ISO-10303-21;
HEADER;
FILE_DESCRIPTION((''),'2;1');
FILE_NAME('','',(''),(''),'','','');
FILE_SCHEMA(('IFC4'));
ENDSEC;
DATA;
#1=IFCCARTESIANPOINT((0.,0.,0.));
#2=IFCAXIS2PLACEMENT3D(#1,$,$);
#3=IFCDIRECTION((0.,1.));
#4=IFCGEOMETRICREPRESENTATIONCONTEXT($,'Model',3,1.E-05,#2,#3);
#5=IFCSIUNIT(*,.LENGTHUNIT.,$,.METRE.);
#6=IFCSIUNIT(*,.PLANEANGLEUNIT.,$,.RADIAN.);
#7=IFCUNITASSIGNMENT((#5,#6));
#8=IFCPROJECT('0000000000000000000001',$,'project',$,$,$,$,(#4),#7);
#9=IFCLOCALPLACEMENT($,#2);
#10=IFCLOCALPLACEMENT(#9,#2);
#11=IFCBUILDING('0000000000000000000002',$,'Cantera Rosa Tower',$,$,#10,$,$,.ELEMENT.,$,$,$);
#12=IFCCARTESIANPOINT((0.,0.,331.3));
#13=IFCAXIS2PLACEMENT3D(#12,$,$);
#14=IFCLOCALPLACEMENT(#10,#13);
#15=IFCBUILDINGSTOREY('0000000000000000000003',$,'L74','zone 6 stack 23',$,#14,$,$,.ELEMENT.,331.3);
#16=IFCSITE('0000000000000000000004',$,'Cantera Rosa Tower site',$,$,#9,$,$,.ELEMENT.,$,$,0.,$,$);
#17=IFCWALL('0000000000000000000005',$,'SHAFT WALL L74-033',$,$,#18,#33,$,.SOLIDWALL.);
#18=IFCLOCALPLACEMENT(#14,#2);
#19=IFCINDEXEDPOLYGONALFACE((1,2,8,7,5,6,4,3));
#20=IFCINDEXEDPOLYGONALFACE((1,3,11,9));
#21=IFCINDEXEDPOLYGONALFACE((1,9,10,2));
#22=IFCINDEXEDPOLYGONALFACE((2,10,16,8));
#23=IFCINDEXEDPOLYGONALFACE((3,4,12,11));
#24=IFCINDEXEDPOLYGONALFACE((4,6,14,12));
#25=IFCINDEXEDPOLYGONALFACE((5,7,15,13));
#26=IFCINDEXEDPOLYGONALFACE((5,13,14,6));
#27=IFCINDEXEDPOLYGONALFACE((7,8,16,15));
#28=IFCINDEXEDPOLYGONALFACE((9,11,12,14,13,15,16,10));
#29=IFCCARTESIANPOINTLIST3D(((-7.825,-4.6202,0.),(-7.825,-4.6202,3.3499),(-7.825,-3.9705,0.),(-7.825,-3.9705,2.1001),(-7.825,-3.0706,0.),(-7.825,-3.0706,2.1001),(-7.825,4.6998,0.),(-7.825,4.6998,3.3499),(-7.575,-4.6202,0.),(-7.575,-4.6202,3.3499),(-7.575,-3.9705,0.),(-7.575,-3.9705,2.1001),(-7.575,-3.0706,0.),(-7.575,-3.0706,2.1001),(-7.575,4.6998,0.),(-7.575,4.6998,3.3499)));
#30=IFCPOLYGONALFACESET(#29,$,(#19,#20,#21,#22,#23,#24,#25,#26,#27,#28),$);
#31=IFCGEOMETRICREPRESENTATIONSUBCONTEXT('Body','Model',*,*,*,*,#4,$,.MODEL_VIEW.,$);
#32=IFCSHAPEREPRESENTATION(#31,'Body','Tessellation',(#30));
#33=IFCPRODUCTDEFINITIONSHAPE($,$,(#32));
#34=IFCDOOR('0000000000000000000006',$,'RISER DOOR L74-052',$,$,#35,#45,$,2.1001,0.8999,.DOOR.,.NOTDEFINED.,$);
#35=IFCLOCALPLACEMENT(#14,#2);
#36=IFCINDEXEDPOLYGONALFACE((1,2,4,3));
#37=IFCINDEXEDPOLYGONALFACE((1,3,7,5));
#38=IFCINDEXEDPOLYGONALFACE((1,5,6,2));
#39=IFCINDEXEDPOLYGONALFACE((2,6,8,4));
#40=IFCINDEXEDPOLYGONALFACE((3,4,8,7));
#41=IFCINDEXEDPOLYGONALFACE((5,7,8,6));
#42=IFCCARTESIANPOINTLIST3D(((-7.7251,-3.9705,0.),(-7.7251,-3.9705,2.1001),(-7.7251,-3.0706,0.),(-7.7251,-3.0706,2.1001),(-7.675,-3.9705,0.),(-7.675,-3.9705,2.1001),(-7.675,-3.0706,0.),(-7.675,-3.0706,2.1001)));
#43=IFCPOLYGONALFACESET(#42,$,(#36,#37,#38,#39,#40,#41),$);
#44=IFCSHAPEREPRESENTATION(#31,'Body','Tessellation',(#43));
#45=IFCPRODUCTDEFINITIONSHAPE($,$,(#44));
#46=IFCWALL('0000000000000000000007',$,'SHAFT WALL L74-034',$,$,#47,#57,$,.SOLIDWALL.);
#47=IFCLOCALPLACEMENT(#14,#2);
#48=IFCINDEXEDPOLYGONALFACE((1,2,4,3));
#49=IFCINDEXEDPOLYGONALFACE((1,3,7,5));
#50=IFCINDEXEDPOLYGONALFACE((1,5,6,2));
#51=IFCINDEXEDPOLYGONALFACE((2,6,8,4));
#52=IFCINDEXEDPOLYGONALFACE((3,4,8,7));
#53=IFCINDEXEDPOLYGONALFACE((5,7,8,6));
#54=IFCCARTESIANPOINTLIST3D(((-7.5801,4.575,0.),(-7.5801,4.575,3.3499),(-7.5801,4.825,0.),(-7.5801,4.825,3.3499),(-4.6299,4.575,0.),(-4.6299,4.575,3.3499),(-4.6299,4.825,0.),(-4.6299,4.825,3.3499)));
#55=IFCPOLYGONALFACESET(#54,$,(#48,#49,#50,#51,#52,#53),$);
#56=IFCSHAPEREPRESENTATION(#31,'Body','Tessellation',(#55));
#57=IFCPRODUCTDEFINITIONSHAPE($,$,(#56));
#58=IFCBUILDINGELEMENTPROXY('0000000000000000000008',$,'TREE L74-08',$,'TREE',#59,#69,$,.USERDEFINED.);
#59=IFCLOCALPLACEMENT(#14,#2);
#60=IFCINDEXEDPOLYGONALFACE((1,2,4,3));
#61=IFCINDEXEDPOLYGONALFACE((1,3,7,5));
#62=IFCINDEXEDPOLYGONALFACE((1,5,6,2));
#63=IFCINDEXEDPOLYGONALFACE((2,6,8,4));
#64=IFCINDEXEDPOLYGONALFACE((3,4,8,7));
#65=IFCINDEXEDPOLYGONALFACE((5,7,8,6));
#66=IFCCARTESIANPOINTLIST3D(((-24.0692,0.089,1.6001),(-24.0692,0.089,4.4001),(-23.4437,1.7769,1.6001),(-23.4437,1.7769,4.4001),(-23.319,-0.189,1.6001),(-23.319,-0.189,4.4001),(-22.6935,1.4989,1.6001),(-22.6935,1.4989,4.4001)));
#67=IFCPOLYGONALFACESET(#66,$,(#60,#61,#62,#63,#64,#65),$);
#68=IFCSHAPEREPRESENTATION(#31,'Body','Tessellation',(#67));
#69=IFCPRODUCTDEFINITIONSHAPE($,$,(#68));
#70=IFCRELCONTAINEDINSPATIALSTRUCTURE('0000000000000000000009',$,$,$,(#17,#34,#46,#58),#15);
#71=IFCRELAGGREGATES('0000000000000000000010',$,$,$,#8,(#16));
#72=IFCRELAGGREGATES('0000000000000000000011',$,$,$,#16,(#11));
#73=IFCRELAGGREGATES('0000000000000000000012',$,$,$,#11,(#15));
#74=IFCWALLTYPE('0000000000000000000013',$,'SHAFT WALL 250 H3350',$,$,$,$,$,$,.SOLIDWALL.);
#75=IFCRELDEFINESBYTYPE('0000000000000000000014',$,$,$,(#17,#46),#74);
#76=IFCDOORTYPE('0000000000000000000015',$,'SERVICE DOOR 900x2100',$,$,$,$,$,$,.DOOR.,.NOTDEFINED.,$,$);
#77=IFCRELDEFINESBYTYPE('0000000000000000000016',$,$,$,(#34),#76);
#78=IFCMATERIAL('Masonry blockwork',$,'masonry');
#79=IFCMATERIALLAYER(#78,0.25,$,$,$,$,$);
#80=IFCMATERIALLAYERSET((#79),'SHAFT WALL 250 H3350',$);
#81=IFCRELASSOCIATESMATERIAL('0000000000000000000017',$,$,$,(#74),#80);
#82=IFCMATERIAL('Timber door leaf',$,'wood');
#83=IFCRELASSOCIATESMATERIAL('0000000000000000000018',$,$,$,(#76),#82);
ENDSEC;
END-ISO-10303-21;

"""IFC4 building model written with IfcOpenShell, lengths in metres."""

from ifc_helpers import new_model, si_unit, direction, frame, frame_2d, origin, origin_2d, place, context, subcontext, project, spatial, rectangle, extrude, material, layer, layer_set, type_object, element, fill, save


model = new_model("IFC4")

# Units and contexts
model_context = context("Model", 3, precision=1e-05, world=origin(), true_north=direction((0.0, 1.0)))
body_context = subcontext(model_context, "Body", "Model", "MODEL_VIEW")
ifc_project = project(units=[si_unit("LENGTHUNIT", "METRE"), si_unit("PLANEANGLEUNIT", "RADIAN")], contexts=[model_context])

# Site, building, storey
site_placement = place(None, origin())
site = spatial("IfcSite", under=ifc_project, at=site_placement, Name="Cantera Rosa Tower site", CompositionType="ELEMENT", RefElevation=0.0)
building_placement = place(site_placement, origin())
building = spatial("IfcBuilding", under=site, at=building_placement, Name="Cantera Rosa Tower", CompositionType="ELEMENT")
storey_placement = place(building_placement, frame((0.0, 0.0, 331.3)))
storey = spatial("IfcBuildingStorey", under=building, at=storey_placement, Name="L74", Description="zone 6 stack 23", CompositionType="ELEMENT", Elevation=331.3)

# Shared definitions
ifc_material_1 = material(Name="Masonry blockwork", Category="masonry")
ifc_layer_1 = layer(ifc_material_1, 0.25)
ifc_layer_set_1 = layer_set([ifc_layer_1], Name="SHAFT WALL 250 H3350")
wall_type_1 = type_object("IfcWallType", Name="SHAFT WALL 250 H3350", PredefinedType="SOLIDWALL", material=ifc_layer_set_1)

# Wall, opening, door
wall_1_placement = place(storey_placement, frame((-7.7, 4.7, 0.0), z_axis=(0.0, 0.0, 1.0), x_axis=(0.0, -1.0, 0.0)))
wall_1 = element("IfcWall", 1, at=wall_1_placement, inside=storey, type_object=wall_type_1, Name="SHAFT WALL L74-033", PredefinedType="SOLIDWALL", context=body_context, shape_type="SweptSolid", body=[
    extrude(rectangle(XDim=9.3201, YDim=0.25, at=frame_2d((4.6602, 0.0))), origin(), (0.0, 0.0, 1.0), 3.3499),
])
opening_1_placement = place(wall_1_placement, frame((7.7705, 0.0, 0.0)))
opening_1 = element("IfcOpeningElement", 2, at=opening_1_placement, cuts=wall_1, PredefinedType="OPENING", context=body_context, shape_type="SweptSolid", body=[
    extrude(rectangle(XDim=0.8999, YDim=2.1001, at=frame_2d((0.45, 1.05))), frame((0.0, 0.135, 0.0), z_axis=(0.0, -1.0, 0.0), x_axis=(1.0, 0.0, 0.0)), (0.0, 0.0, 1.0), 0.27),
])
ifc_material_2 = material(Name="Timber door leaf", Category="wood")
door_type_1 = type_object("IfcDoorType", Name="SERVICE DOOR 900x2100", OperationType="NOTDEFINED", PredefinedType="DOOR", material=ifc_material_2)
door_1_placement = place(opening_1_placement, origin())
door_1 = element("IfcDoor", 3, at=door_1_placement, inside=storey, type_object=door_type_1, Name="RISER DOOR L74-052", OperationType="NOTDEFINED", OverallHeight=2.1001, OverallWidth=0.8999, PredefinedType="DOOR", context=body_context, shape_type="SweptSolid", body=[
    extrude(rectangle(XDim=0.8999, YDim=2.1001, at=frame_2d((0.45, 1.05))), frame((0.0, 0.0249, 0.0), z_axis=(0.0, -1.0, 0.0), x_axis=(1.0, 0.0, 0.0)), (0.0, 0.0, 1.0), 0.05),
])
fill(opening_1, door_1)

# Wall
wall_2_placement = place(storey_placement, frame((-7.5801, 4.7, 0.0), z_axis=(0.0, 0.0, 1.0), x_axis=(1.0, 0.0, 0.0)))
element("IfcWall", 4, at=wall_2_placement, inside=storey, type_object=wall_type_1, Name="SHAFT WALL L74-034", PredefinedType="SOLIDWALL", context=body_context, shape_type="SweptSolid", body=[
    extrude(rectangle(XDim=2.9502, YDim=0.25, at=frame_2d((1.4751, 0.0))), origin(), (0.0, 0.0, 1.0), 3.3499),
])

# Building element proxy
proxy_placement = place(storey_placement, frame((-23.3813, 0.7939, 1.6001), z_axis=(0.0, 0.0, 1.0), x_axis=(-0.347481, -0.937687, 0.0)))
element("IfcBuildingElementProxy", 5, at=proxy_placement, inside=storey, Name="TREE L74-08", ObjectType="TREE", PredefinedType="USERDEFINED", context=body_context, shape_type="SweptSolid", body=[
    extrude(rectangle(XDim=1.8, YDim=0.8, at=origin_2d()), origin(), (0.0, 0.0, 1.0), 2.8),
])

save(model, "model.ifc")
